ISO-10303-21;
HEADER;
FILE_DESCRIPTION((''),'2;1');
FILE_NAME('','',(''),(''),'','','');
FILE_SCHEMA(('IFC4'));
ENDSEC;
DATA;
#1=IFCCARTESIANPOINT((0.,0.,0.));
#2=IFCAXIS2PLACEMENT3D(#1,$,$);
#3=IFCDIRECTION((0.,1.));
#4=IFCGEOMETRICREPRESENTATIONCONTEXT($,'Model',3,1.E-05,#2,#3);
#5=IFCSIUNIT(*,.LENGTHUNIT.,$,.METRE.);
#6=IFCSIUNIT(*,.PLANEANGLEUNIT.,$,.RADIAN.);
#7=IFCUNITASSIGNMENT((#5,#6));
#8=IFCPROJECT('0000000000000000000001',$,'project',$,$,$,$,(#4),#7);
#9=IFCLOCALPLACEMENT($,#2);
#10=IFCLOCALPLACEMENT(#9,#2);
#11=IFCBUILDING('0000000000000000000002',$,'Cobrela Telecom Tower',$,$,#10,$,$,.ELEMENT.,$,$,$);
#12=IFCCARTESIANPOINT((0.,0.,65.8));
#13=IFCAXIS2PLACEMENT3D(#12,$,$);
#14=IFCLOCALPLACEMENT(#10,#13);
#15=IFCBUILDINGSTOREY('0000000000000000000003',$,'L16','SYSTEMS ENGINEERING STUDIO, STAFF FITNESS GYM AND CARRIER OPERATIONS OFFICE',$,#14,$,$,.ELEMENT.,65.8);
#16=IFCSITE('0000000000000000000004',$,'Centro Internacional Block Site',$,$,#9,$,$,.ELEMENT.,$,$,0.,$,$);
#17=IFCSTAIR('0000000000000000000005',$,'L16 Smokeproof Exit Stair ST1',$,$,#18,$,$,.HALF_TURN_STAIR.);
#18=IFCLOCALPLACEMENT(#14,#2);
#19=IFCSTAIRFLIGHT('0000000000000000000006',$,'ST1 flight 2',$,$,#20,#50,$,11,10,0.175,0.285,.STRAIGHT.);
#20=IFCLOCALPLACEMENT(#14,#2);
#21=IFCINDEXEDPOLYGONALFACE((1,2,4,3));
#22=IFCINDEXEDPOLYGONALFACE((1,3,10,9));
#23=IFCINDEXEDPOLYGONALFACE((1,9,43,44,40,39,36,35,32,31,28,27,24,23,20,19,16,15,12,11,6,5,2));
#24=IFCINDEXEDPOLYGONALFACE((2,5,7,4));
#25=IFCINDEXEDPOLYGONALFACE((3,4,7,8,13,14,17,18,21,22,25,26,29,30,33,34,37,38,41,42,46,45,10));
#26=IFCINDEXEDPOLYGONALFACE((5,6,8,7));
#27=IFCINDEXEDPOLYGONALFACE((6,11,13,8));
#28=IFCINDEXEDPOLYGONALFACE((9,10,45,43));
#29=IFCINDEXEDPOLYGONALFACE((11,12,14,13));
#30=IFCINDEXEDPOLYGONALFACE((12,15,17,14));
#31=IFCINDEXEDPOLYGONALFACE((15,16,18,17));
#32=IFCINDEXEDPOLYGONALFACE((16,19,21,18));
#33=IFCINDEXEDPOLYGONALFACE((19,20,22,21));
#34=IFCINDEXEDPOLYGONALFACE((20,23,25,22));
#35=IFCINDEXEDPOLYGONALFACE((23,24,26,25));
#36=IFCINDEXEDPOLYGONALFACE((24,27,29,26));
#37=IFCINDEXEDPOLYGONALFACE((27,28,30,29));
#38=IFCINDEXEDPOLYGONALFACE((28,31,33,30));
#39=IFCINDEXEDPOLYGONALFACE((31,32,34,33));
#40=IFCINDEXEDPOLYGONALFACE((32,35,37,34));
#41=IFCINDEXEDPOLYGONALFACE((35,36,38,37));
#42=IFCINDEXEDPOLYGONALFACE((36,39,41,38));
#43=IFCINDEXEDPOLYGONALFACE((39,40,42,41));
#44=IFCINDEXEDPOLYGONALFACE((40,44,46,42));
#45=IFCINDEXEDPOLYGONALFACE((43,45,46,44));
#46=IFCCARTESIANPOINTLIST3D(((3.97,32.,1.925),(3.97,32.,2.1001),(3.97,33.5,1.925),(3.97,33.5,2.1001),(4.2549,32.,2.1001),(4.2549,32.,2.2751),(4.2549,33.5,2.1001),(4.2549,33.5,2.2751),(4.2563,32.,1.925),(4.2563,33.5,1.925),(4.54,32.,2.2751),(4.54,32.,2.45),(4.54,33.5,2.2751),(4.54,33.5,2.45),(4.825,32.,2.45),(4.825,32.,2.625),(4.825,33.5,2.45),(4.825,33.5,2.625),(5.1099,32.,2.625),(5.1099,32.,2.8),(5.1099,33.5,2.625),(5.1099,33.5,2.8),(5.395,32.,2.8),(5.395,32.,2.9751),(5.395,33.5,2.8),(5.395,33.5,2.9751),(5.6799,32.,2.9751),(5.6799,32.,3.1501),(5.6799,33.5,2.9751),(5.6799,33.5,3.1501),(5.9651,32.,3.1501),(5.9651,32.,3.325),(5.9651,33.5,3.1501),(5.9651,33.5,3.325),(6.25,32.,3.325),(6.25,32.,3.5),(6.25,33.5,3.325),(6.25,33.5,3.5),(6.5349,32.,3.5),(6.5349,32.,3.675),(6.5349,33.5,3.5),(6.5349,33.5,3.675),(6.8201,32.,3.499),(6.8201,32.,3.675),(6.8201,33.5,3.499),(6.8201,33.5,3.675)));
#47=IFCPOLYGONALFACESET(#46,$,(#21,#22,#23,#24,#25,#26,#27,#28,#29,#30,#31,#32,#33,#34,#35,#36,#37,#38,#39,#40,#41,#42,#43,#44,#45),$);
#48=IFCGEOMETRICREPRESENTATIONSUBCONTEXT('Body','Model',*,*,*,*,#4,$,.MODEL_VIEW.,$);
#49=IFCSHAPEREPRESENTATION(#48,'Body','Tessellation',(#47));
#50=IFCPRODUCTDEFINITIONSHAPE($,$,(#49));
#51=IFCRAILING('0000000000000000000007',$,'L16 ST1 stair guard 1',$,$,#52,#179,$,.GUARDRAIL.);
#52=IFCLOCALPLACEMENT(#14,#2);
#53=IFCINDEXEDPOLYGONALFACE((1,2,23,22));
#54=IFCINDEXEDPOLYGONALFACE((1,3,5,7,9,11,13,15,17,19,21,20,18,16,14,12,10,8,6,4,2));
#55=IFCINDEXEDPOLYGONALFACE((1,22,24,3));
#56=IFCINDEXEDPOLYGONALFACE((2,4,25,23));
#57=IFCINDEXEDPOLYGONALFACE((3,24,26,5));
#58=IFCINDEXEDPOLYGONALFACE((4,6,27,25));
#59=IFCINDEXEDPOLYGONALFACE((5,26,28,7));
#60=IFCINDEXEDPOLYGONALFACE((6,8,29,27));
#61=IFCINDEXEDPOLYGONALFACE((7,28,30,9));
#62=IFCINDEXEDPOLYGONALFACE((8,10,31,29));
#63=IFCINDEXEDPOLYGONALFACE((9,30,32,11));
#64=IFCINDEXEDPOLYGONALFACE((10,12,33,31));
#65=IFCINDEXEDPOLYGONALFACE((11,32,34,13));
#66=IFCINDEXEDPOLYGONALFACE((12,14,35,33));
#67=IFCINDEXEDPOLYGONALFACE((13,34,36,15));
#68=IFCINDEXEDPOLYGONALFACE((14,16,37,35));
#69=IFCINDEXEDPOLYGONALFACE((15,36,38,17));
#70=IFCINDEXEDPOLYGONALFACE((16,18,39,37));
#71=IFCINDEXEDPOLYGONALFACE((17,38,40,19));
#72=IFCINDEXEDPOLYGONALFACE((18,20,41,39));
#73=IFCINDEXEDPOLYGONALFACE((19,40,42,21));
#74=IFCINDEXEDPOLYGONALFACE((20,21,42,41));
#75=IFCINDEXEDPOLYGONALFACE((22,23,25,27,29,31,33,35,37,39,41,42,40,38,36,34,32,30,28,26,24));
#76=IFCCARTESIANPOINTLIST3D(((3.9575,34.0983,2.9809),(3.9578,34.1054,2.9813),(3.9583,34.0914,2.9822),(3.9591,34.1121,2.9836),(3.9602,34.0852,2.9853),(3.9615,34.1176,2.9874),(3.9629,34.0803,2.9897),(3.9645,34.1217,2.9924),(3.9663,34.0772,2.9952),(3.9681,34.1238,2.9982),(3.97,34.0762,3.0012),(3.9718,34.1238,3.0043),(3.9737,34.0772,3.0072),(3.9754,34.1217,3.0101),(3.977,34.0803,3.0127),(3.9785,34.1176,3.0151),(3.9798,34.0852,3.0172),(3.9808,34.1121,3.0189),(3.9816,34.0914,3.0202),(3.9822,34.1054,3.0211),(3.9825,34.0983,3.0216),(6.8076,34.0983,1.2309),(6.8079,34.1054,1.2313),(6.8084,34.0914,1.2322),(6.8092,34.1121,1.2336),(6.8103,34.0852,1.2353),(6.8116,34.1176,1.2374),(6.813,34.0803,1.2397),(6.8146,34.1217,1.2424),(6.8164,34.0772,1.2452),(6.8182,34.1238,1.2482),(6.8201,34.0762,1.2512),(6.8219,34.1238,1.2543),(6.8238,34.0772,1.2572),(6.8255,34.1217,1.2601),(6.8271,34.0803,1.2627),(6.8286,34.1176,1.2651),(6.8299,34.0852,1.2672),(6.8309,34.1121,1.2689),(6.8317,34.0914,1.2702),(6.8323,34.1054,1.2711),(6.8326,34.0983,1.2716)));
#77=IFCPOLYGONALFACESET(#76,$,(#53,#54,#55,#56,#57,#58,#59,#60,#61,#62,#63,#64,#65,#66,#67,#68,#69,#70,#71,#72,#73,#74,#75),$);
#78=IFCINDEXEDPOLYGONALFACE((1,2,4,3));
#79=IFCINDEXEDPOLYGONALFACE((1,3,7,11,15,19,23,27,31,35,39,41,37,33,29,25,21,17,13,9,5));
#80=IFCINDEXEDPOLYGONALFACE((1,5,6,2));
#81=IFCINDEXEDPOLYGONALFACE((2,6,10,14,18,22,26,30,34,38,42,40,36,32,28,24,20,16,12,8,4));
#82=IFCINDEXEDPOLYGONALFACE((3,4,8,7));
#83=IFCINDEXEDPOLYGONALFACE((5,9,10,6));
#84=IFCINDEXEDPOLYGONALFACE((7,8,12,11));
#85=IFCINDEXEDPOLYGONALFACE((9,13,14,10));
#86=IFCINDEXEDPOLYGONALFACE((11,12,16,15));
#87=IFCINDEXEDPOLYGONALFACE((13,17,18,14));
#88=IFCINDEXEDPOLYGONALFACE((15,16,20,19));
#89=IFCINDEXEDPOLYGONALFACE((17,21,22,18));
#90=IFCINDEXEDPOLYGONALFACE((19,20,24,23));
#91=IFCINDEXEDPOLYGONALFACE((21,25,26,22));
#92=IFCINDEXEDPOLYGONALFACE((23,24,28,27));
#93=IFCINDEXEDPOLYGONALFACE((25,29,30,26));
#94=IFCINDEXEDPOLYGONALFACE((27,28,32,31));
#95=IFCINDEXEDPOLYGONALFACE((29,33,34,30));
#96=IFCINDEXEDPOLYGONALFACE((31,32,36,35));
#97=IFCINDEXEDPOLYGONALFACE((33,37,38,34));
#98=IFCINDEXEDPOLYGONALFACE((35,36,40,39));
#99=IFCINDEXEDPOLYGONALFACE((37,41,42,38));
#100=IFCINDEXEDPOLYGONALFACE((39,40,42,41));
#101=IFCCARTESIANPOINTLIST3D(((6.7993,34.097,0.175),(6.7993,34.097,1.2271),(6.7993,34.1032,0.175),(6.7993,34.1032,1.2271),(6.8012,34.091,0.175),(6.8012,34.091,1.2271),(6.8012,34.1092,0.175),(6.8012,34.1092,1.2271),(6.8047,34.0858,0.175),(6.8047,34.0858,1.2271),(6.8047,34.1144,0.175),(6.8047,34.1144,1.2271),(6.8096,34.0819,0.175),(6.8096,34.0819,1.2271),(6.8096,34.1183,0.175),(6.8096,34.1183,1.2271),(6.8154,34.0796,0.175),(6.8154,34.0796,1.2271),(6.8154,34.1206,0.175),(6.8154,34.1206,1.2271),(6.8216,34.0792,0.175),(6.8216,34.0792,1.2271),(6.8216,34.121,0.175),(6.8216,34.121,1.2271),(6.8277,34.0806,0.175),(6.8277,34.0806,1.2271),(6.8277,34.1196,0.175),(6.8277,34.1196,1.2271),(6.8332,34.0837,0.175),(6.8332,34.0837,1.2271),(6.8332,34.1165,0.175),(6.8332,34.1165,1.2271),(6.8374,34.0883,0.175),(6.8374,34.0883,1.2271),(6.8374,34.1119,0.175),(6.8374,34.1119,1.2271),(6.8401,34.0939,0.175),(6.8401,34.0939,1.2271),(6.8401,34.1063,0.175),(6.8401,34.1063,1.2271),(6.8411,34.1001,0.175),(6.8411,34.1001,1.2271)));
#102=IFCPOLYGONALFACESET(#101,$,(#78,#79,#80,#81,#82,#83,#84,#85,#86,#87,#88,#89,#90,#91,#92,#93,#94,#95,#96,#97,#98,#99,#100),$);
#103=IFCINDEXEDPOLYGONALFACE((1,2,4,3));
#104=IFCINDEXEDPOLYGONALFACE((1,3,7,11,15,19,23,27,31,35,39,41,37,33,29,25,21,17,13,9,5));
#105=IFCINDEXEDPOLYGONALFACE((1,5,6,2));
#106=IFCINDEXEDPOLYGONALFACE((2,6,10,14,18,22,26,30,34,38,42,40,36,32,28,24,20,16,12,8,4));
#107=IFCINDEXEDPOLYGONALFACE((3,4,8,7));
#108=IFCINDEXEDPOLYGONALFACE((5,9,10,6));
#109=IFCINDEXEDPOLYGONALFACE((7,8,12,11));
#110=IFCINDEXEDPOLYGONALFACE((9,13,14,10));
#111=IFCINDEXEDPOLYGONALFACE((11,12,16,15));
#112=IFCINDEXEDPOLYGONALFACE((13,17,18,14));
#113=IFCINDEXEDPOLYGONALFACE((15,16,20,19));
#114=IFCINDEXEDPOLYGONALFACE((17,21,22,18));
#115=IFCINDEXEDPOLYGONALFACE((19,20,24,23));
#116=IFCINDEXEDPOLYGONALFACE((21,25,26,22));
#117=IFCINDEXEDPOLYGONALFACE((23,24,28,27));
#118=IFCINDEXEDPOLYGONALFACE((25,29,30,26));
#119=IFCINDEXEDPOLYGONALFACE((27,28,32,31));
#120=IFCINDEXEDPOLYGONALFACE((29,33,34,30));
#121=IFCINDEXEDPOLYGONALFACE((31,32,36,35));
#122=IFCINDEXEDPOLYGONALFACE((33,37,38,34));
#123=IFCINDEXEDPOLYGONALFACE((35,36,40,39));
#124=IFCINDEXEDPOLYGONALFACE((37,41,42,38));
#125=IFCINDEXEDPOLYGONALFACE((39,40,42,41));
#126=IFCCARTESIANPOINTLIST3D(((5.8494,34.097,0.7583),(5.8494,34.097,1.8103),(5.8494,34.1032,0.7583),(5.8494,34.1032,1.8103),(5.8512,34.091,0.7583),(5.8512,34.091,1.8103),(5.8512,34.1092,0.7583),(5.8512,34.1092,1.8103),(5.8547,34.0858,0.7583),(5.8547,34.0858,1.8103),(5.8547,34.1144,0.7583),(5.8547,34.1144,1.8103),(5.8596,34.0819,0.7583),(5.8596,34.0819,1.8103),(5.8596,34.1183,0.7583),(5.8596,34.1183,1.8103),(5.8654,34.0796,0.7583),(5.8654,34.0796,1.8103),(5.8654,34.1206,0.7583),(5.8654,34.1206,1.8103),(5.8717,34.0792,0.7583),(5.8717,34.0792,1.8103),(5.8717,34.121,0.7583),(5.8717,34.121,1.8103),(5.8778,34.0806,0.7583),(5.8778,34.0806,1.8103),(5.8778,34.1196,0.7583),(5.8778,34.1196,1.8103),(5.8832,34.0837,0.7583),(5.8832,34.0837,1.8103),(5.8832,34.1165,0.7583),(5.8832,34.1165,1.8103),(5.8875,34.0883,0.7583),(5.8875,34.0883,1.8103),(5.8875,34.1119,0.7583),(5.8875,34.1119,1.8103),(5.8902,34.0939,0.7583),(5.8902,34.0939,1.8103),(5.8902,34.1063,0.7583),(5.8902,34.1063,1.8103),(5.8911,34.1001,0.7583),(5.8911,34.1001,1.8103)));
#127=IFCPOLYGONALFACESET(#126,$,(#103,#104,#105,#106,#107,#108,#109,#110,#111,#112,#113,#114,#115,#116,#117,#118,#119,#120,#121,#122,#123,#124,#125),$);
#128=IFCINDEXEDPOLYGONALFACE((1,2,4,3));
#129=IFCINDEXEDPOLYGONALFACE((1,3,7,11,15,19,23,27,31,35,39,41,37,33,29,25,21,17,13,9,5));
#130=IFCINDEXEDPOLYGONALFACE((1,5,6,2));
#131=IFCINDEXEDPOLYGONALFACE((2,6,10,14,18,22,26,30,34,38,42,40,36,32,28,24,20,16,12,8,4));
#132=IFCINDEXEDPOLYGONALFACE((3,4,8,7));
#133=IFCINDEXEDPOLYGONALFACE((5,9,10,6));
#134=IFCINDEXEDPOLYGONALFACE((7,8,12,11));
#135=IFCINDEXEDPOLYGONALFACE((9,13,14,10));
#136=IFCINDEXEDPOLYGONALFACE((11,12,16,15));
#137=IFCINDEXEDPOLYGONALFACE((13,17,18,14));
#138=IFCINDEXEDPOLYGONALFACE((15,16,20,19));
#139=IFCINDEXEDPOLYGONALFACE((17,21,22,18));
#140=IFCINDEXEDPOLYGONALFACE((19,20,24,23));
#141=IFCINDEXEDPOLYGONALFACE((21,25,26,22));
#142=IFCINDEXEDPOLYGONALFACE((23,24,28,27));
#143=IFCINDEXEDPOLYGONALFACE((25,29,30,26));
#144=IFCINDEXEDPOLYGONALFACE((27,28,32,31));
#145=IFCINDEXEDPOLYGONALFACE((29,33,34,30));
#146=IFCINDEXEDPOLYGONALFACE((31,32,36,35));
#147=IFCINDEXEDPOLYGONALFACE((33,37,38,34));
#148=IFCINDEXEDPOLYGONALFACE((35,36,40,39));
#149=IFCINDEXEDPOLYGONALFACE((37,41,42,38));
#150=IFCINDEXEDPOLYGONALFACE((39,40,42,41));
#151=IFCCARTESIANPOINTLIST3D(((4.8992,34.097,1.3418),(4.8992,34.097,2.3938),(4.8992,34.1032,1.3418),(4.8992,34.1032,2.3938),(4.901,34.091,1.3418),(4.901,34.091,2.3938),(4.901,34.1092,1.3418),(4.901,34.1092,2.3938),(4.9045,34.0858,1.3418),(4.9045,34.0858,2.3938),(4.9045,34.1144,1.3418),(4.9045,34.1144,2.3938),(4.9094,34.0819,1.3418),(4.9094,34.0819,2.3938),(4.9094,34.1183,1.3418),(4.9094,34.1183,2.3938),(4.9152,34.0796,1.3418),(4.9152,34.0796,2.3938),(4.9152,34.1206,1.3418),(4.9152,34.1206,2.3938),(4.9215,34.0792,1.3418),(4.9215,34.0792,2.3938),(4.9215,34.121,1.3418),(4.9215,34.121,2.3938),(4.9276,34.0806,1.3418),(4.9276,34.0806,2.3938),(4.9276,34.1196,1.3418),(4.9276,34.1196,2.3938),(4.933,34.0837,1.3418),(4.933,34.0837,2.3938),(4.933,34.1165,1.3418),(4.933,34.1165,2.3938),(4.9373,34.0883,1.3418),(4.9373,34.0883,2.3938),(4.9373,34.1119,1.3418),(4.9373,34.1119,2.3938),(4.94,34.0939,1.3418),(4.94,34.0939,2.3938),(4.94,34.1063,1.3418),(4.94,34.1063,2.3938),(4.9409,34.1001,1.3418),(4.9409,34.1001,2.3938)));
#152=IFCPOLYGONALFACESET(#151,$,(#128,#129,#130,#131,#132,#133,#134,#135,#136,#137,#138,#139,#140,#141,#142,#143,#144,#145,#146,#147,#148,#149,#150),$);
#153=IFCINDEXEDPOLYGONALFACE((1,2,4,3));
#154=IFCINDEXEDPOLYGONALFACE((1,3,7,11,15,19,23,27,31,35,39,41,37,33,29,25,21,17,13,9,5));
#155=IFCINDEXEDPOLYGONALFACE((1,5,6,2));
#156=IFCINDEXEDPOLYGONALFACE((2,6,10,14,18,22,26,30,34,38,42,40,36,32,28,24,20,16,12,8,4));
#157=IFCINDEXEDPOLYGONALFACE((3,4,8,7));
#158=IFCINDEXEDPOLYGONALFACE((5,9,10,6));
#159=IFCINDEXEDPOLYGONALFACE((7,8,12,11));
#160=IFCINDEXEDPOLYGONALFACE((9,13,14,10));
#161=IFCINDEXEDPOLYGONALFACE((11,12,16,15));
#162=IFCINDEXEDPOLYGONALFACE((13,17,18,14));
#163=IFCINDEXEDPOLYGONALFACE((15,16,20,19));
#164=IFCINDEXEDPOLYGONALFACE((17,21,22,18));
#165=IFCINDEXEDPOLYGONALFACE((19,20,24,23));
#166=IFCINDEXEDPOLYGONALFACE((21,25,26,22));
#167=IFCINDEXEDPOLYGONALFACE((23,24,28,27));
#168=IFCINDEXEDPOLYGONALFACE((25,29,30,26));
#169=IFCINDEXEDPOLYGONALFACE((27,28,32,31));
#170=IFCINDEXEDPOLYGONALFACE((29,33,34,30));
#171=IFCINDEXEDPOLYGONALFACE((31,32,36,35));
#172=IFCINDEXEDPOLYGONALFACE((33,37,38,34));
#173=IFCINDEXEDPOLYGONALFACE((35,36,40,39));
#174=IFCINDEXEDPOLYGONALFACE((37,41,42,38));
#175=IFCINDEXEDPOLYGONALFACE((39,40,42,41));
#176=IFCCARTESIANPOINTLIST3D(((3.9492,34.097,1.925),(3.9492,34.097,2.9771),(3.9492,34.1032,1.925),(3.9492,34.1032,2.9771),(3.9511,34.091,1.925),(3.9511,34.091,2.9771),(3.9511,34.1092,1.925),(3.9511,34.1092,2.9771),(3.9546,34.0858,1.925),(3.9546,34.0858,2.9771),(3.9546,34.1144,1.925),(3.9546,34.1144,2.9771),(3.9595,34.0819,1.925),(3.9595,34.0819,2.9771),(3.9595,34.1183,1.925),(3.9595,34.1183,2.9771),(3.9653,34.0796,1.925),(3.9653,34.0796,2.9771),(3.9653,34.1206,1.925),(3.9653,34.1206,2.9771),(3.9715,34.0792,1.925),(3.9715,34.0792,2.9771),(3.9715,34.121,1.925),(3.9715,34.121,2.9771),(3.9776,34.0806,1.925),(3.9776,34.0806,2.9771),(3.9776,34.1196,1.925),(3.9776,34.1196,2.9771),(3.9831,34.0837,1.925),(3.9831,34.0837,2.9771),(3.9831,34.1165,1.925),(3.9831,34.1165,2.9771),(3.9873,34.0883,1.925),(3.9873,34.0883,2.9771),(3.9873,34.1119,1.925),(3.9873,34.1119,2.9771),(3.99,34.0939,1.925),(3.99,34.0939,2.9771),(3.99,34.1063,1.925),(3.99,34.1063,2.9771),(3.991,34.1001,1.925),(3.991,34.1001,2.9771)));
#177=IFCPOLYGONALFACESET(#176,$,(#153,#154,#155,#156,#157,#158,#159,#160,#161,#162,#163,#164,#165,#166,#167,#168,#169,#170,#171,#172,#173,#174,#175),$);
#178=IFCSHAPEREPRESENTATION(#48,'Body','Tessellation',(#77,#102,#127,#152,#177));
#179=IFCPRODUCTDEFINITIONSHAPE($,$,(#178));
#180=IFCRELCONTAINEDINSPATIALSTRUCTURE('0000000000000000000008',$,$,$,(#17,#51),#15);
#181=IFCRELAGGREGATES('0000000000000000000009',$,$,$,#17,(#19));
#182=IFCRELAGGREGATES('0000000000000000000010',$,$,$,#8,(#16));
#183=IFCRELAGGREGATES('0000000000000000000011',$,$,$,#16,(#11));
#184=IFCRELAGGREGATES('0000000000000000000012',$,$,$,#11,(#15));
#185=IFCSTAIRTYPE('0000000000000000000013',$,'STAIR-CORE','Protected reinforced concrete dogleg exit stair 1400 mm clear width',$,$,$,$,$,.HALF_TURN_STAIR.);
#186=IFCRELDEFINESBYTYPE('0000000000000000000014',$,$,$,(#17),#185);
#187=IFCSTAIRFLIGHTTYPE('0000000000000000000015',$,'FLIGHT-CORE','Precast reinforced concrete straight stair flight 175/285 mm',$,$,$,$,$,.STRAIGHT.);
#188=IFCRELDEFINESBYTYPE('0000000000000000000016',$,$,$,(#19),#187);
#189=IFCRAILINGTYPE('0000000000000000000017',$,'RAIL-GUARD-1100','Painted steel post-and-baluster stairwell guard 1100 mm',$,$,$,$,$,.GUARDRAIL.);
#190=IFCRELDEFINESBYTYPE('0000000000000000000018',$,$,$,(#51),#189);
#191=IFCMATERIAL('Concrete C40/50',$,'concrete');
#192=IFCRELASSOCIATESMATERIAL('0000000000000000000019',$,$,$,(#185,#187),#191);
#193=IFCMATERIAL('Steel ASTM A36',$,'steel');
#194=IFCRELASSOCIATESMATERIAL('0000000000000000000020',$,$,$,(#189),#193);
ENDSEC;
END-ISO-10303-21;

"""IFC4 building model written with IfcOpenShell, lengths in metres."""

from ifc_helpers import new_model, si_unit, direction, frame, origin, origin_2d, place, context, subcontext, project, spatial, polyline, circle, outline, extrude, material, type_object, element, aggregate, save


model = new_model("IFC4")

# Units and contexts
model_context = context("Model", 3, precision=1e-05, world=origin(), true_north=direction((0.0, 1.0)))
body_context = subcontext(model_context, "Body", "Model", "MODEL_VIEW")
ifc_project = project(units=[si_unit("LENGTHUNIT", "METRE"), si_unit("PLANEANGLEUNIT", "RADIAN")], contexts=[model_context])

# Site, building, storey
site_placement = place(None, origin())
site = spatial("IfcSite", under=ifc_project, at=site_placement, Name="Centro Internacional Block Site", CompositionType="ELEMENT", RefElevation=0.0)
building_placement = place(site_placement, origin())
building = spatial("IfcBuilding", under=site, at=building_placement, Name="Cobrela Telecom Tower", CompositionType="ELEMENT")
storey_placement = place(building_placement, frame((0.0, 0.0, 65.8)))
storey = spatial("IfcBuildingStorey", under=building, at=storey_placement, Name="L16", Description="SYSTEMS ENGINEERING STUDIO, STAFF FITNESS GYM AND CARRIER OPERATIONS OFFICE", CompositionType="ELEMENT", Elevation=65.8)

# Shared definitions
ifc_material_1 = material(Name="Steel ASTM A36", Category="steel")

# Shared definitions
ifc_material_2 = material(Name="Concrete C40/50", Category="concrete")

# Stair, stair flight
stair_type = type_object("IfcStairType", Name="STAIR-CORE", Description="Protected reinforced concrete dogleg exit stair 1400 mm clear width", PredefinedType="HALF_TURN_STAIR", material=ifc_material_2)
stair_placement = place(storey_placement, origin())
stair = element("IfcStair", 1, at=stair_placement, inside=storey, type_object=stair_type, Name="L16 Smokeproof Exit Stair ST1", PredefinedType="HALF_TURN_STAIR")
stair_flight_type = type_object("IfcStairFlightType", Name="FLIGHT-CORE", Description="Precast reinforced concrete straight stair flight 175/285 mm", PredefinedType="STRAIGHT", material=ifc_material_2)
stair_flight_1_placement = place(storey_placement, frame((3.97, 32.75, 1.925), z_axis=(0.0, 0.0, 1.0), x_axis=(1.0, 0.0, 0.0)))
stair_flight_1 = element("IfcStairFlight", 2, at=stair_flight_1_placement, type_object=stair_flight_type, Name="ST1 flight 2", NumberOfRisers=11, NumberOfTreads=10, PredefinedType="STRAIGHT", RiserHeight=0.175, TreadLength=0.285, context=body_context, shape_type="SweptSolid", body=[
    extrude(outline(polyline([(0.0, 0.0), (0.0, 0.175), (0.2849, 0.175), (0.2849, 0.3501), (0.5701, 0.3501), (0.5701, 0.5249), (0.855, 0.5249), (0.855, 0.7), (1.1399, 0.7), (1.1399, 0.875), (1.425, 0.875), (1.425, 1.05), (1.71, 1.05), (1.71, 1.2251), (1.9951, 1.2251), (1.9951, 1.3999), (2.28, 1.3999), (2.28, 1.575), (2.5649, 1.575), (2.5649, 1.75), (2.8501, 1.75), (2.8501, 1.925), (2.8501, 1.574), (0.2864, 0.0), (0.0, 0.0)])), frame((0.0, 0.75, 0.0), z_axis=(0.0, -1.0, 0.0), x_axis=(1.0, 0.0, 0.0)), (0.0, 0.0, 1.0), 1.5),
])
aggregate(stair, [stair_flight_1])

# Railing
railing_type_1 = type_object("IfcRailingType", Name="RAIL-GUARD-1100", Description="Painted steel post-and-baluster stairwell guard 1100 mm", PredefinedType="GUARDRAIL", material=ifc_material_1)
railing_1_placement = place(storey_placement, frame((6.8201, 34.1001, 0.175)))
element("IfcRailing", 3, at=railing_1_placement, inside=storey, type_object=railing_type_1, Name="L16 ST1 stair guard 1", PredefinedType="GUARDRAIL", context=body_context, shape_type="SweptSolid", body=[
    extrude(circle(Radius=0.0239, at=origin_2d()), frame((0.0, 0.0, 1.0762), z_axis=(-0.852179, 0.0, 0.52325), x_axis=(0.0, -1.0, 0.0)), (0.0, 0.0, 1.0), 3.3445),
    extrude(circle(Radius=0.021, at=origin_2d()), origin(), (0.0, 0.0, 1.0), 1.052),
    extrude(circle(Radius=0.021, at=origin_2d()), frame((-0.95, 0.0, 0.5833)), (0.0, 0.0, 1.0), 1.052),
    extrude(circle(Radius=0.021, at=origin_2d()), frame((-1.9001, 0.0, 1.1667)), (0.0, 0.0, 1.0), 1.052),
    extrude(circle(Radius=0.021, at=origin_2d()), frame((-2.8501, 0.0, 1.75)), (0.0, 0.0, 1.0), 1.052),
])

save(model, "model.ifc")
